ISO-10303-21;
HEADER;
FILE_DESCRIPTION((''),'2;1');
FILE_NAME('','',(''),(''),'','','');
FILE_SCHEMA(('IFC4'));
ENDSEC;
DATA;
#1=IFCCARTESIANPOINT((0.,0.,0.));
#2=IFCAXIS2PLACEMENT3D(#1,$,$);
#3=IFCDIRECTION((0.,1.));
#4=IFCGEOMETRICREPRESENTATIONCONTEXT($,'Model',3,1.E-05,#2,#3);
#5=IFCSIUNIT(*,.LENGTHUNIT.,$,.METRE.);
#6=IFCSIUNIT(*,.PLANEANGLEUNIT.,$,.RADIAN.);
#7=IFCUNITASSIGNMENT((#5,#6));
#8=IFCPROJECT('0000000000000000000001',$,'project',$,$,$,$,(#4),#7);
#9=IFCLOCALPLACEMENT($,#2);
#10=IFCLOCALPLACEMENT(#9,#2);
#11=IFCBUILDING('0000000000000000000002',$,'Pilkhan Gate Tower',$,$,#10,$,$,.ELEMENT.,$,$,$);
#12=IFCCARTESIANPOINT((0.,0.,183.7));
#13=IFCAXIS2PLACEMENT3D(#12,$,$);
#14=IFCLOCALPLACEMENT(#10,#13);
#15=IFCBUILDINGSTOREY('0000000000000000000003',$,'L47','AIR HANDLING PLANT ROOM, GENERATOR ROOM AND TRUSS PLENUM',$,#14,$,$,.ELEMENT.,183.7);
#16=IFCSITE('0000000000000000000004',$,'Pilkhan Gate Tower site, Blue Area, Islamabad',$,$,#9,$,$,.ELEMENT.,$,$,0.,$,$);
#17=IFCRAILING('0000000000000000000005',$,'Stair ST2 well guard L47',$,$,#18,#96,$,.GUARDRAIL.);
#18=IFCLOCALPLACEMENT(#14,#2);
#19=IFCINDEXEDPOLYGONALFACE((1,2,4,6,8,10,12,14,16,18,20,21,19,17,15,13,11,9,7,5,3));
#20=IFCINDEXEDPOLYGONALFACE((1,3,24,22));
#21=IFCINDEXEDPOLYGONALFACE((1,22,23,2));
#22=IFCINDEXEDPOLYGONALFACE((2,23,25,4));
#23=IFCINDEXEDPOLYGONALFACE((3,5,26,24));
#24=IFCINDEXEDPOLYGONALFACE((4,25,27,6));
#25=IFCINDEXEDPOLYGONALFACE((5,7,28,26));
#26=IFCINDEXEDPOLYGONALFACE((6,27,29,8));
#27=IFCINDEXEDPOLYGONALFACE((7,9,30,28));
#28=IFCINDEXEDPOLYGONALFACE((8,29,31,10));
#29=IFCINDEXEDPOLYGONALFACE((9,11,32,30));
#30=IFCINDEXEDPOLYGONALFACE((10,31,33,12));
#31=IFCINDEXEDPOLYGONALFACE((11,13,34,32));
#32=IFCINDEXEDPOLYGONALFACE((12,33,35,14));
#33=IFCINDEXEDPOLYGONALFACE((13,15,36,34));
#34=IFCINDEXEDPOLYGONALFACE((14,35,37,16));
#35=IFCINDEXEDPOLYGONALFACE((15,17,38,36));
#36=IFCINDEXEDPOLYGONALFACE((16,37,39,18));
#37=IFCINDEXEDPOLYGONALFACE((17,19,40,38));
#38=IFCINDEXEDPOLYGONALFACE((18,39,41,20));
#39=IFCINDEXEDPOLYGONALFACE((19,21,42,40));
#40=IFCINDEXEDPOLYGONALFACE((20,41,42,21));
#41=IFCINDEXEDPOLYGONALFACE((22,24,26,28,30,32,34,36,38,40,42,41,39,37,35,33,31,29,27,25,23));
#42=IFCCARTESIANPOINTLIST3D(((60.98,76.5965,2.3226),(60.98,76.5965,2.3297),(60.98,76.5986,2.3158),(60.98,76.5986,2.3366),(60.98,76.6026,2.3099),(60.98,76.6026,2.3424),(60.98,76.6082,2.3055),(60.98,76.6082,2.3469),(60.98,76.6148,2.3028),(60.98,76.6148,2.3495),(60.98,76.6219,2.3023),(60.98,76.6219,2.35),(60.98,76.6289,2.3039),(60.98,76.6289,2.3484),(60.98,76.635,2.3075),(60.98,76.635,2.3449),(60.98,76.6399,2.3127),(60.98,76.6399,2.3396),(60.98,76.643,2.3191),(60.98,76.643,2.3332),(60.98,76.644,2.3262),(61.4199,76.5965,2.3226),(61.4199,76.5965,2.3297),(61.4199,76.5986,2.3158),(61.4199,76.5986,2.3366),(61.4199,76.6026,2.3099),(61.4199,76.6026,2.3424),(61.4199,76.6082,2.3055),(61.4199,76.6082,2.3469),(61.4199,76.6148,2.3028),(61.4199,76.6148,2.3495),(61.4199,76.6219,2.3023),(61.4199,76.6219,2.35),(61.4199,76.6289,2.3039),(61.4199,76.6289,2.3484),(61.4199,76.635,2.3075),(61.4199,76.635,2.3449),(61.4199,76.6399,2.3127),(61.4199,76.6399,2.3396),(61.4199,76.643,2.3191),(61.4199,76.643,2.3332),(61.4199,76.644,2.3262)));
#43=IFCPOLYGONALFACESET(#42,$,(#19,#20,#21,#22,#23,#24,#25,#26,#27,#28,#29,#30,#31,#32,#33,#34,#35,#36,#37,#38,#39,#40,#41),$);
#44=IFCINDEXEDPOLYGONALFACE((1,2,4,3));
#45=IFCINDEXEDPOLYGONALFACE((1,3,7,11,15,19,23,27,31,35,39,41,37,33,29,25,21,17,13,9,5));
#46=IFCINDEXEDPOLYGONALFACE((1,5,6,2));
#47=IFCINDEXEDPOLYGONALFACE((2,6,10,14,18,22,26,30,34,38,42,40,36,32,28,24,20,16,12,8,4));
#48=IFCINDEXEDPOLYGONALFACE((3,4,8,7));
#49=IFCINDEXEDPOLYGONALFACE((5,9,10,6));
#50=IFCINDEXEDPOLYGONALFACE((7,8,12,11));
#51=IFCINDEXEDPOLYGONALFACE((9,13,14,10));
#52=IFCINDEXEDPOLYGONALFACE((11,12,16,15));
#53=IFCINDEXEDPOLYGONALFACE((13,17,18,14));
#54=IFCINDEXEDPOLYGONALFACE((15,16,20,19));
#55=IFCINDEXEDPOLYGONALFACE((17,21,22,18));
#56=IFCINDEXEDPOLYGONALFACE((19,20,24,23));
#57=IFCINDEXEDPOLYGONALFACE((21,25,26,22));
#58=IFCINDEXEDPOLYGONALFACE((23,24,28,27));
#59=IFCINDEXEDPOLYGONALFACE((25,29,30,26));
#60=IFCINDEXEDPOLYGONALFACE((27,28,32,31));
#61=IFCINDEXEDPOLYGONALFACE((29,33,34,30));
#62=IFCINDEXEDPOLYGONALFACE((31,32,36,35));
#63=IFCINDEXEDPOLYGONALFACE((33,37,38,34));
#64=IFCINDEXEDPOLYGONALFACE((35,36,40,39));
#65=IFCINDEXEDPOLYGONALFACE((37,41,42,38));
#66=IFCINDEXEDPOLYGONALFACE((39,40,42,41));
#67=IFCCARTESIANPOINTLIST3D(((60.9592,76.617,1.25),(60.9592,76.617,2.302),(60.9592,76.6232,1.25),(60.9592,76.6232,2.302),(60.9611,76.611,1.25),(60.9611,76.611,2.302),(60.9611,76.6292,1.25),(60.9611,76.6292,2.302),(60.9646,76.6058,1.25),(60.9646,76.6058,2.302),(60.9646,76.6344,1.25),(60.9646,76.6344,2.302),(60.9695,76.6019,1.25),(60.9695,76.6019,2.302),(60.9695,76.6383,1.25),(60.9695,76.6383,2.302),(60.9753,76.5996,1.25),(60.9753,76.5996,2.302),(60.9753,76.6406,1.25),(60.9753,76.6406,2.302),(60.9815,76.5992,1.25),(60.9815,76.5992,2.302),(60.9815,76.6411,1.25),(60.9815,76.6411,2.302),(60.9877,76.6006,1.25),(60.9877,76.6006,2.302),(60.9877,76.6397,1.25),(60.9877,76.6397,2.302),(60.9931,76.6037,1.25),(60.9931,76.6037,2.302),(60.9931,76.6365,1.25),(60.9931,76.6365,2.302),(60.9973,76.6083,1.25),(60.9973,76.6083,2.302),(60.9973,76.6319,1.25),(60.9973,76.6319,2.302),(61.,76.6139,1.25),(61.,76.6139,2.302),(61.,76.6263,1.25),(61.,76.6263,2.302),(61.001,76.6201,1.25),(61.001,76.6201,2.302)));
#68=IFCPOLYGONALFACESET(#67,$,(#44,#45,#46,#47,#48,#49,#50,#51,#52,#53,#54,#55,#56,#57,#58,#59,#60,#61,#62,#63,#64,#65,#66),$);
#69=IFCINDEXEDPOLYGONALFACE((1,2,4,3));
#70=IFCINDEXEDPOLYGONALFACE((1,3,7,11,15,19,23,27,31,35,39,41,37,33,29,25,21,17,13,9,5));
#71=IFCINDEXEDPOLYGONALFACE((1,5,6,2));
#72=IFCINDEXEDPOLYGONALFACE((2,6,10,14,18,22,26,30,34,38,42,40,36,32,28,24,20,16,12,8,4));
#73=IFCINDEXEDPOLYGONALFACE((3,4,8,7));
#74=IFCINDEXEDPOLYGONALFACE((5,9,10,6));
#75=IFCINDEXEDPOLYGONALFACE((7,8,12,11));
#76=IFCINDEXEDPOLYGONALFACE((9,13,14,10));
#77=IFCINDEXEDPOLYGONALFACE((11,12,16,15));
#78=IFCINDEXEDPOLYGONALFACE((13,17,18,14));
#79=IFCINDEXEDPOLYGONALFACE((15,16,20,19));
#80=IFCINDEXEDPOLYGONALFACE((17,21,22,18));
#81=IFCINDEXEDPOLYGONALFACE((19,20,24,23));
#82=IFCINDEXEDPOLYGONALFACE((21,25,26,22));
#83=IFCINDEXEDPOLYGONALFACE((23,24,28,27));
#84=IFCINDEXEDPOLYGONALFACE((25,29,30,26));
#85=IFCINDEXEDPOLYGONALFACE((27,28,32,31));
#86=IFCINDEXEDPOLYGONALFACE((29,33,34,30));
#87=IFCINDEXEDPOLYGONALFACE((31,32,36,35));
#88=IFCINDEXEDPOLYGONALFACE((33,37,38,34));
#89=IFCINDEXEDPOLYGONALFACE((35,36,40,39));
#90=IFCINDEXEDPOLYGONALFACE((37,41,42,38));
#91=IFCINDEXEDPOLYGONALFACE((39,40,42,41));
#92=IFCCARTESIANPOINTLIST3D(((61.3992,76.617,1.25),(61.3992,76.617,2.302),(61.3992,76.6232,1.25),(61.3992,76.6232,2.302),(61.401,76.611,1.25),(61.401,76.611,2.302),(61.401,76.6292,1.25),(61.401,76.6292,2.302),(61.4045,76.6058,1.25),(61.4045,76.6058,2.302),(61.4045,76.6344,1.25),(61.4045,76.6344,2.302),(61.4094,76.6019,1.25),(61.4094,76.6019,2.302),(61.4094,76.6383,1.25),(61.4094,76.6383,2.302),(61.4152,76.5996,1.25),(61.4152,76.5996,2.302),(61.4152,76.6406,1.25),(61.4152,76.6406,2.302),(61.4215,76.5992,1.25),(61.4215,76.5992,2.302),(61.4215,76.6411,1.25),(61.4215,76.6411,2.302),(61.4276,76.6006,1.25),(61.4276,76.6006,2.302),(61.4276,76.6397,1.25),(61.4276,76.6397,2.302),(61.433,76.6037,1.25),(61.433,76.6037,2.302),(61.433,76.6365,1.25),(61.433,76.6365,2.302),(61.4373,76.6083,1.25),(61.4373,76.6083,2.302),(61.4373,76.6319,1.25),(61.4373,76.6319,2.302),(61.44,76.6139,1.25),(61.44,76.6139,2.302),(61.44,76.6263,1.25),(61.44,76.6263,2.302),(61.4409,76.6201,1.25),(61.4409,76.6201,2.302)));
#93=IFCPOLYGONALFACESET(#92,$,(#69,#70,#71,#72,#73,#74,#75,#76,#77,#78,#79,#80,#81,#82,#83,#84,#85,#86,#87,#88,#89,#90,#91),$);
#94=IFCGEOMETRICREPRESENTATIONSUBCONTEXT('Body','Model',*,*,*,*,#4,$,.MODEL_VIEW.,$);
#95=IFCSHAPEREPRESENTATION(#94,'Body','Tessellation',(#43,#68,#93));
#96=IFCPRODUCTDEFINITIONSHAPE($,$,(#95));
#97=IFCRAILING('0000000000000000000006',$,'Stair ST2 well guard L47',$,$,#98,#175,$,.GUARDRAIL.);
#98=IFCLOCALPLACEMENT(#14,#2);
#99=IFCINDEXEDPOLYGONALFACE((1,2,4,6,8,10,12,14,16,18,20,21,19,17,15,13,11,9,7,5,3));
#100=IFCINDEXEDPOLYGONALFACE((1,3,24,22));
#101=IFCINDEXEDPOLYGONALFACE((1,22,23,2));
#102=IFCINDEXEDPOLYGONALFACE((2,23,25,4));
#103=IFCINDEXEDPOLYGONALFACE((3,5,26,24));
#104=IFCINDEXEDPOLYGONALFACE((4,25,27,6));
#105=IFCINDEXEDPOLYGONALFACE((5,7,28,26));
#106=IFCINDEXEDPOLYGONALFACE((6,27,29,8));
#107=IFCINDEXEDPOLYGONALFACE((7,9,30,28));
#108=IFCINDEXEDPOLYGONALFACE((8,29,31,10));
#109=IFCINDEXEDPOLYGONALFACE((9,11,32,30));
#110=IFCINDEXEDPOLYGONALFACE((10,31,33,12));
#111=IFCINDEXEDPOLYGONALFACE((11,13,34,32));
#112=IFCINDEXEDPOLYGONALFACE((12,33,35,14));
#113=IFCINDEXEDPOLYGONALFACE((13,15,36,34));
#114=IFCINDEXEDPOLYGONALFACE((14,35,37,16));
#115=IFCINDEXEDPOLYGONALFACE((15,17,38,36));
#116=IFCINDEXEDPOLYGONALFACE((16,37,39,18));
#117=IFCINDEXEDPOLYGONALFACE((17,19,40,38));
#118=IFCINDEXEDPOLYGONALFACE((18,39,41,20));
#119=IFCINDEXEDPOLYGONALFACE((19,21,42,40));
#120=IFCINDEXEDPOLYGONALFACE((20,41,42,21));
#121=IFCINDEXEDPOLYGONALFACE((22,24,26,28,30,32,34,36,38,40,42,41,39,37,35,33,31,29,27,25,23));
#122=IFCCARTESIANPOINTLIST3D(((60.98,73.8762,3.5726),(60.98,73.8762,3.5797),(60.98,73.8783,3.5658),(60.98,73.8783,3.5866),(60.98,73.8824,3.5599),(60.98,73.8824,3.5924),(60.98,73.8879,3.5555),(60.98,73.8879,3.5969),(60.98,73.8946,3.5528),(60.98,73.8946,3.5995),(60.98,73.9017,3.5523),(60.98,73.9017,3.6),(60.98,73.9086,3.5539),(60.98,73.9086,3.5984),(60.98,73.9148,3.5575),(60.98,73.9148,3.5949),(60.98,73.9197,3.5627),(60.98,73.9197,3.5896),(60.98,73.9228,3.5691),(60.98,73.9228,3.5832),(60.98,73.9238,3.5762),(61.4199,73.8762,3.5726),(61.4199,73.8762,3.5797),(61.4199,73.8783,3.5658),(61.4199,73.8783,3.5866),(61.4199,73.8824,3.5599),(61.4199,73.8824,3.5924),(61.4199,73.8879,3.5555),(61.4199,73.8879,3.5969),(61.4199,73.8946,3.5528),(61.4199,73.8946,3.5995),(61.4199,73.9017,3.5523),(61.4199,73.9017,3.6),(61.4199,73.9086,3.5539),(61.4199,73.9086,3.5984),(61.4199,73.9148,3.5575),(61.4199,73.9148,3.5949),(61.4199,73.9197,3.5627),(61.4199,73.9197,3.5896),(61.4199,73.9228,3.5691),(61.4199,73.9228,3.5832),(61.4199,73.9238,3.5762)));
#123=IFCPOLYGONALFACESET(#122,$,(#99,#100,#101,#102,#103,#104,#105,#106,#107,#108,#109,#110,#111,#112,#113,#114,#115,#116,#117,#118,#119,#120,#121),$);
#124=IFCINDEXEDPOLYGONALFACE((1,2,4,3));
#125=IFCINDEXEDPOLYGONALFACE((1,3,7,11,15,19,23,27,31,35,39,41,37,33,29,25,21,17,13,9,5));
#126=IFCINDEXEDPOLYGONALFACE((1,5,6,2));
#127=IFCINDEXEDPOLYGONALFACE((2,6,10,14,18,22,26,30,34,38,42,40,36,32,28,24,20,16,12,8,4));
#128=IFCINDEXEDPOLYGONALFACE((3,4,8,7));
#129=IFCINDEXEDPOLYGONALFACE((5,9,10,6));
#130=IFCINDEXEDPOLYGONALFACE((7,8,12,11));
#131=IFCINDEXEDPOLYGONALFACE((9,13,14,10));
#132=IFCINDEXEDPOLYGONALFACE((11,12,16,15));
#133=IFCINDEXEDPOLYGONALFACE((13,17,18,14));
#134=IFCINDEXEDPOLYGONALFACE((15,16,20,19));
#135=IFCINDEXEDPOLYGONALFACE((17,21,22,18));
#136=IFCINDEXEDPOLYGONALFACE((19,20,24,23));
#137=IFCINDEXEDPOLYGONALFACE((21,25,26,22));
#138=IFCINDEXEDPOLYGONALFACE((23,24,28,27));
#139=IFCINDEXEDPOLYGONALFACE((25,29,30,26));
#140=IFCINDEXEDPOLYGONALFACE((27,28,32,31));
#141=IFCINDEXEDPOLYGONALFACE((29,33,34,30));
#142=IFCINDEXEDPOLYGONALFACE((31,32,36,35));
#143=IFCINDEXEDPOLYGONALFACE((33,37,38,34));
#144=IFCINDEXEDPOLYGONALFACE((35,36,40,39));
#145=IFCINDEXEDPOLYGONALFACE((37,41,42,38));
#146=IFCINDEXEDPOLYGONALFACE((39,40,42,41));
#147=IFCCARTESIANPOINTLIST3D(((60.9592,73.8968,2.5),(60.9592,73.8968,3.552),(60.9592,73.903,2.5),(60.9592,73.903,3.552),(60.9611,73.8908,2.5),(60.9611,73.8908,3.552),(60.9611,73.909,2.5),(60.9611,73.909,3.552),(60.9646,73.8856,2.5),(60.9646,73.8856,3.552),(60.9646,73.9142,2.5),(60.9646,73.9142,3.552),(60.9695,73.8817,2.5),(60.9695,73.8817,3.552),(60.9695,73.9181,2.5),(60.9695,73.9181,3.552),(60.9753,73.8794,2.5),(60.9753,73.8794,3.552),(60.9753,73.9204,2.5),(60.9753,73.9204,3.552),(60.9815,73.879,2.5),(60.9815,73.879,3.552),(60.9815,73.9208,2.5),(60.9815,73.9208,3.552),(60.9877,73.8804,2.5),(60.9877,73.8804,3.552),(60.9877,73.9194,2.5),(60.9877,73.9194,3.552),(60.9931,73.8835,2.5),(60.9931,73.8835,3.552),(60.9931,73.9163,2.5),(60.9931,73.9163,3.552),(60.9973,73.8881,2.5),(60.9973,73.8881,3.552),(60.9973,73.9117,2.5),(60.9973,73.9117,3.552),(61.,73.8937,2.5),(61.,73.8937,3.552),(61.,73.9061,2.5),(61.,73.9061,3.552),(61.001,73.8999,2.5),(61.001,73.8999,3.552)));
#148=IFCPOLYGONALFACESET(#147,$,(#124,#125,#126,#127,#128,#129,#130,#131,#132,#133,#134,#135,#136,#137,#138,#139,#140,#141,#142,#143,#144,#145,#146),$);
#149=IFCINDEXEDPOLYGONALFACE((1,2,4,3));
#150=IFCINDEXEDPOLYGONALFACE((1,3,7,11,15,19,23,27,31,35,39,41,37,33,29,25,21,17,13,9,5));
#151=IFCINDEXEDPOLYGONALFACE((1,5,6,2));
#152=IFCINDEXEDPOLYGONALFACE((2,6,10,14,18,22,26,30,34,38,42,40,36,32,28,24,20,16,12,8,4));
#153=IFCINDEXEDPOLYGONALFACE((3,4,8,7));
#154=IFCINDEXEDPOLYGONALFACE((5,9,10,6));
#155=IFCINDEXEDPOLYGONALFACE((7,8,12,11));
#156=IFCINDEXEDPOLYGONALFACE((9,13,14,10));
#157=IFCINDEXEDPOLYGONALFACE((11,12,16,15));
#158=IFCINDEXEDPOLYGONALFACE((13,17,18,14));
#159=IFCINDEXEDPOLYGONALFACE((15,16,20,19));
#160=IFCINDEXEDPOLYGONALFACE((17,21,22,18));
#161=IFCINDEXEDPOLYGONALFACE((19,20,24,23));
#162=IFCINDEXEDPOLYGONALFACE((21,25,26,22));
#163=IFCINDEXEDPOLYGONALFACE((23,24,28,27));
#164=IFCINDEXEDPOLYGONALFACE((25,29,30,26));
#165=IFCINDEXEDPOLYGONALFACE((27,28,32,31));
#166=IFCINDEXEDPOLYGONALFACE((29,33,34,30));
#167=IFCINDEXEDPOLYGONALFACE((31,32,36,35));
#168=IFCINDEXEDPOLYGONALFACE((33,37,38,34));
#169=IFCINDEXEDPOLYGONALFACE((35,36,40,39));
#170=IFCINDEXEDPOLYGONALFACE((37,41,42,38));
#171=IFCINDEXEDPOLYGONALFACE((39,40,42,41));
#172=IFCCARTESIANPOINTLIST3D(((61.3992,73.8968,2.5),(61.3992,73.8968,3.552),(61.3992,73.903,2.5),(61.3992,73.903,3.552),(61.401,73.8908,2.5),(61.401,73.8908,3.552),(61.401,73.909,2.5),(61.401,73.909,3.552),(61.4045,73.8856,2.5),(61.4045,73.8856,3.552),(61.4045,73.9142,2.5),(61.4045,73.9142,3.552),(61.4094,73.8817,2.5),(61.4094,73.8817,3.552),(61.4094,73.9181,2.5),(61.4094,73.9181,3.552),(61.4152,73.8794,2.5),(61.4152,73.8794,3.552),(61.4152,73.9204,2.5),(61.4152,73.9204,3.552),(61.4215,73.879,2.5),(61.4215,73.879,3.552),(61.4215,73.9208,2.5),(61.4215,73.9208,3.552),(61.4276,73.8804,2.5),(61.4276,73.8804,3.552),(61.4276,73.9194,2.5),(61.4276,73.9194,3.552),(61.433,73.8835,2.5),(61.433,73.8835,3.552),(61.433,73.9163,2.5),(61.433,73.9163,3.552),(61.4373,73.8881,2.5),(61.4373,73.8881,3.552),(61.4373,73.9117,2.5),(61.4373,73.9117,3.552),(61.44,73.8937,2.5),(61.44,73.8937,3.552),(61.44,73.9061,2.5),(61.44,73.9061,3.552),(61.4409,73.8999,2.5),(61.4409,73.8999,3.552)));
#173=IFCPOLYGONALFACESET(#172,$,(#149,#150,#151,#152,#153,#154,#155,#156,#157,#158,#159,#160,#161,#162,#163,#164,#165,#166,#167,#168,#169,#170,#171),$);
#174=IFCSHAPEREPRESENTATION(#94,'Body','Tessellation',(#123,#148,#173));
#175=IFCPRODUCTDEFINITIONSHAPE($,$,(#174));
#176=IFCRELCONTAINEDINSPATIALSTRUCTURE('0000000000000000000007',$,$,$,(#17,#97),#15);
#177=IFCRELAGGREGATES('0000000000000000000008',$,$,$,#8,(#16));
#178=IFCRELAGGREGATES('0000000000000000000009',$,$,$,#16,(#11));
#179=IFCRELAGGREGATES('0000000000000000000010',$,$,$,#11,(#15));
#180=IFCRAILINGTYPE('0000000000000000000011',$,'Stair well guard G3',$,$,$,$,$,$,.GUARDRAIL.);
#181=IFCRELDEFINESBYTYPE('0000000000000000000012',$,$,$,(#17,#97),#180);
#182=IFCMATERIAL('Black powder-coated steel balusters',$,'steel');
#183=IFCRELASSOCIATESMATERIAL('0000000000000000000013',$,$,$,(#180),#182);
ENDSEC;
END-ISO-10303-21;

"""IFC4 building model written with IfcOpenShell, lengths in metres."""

from ifc_helpers import new_model, si_unit, direction, frame, origin, origin_2d, place, context, subcontext, project, spatial, circle, extrude, material, type_object, element, save


model = new_model("IFC4")

# Units and contexts
model_context = context("Model", 3, precision=1e-05, world=origin(), true_north=direction((0.0, 1.0)))
body_context = subcontext(model_context, "Body", "Model", "MODEL_VIEW")
ifc_project = project(units=[si_unit("LENGTHUNIT", "METRE"), si_unit("PLANEANGLEUNIT", "RADIAN")], contexts=[model_context])

# Site, building, storey
site_placement = place(None, origin())
site = spatial("IfcSite", under=ifc_project, at=site_placement, Name="Pilkhan Gate Tower site, Blue Area, Islamabad", CompositionType="ELEMENT", RefElevation=0.0)
building_placement = place(site_placement, origin())
building = spatial("IfcBuilding", under=site, at=building_placement, Name="Pilkhan Gate Tower", CompositionType="ELEMENT")
storey_placement = place(building_placement, frame((0.0, 0.0, 183.7)))
storey = spatial("IfcBuildingStorey", under=building, at=storey_placement, Name="L47", Description="AIR HANDLING PLANT ROOM, GENERATOR ROOM AND TRUSS PLENUM", CompositionType="ELEMENT", Elevation=183.7)

# Railings
ifc_material_1 = material(Name="Black powder-coated steel balusters", Category="steel")
railing_type = type_object("IfcRailingType", Name="Stair well guard G3", PredefinedType="GUARDRAIL", material=ifc_material_1)
for number, where, name in (
    (1, (60.98, 76.6201, 1.25), "Stair ST2 well guard L47"),
    (2, (60.98, 73.8999, 2.5), "Stair ST2 well guard L47"),
):
    element("IfcRailing", number, at=place(storey_placement, frame(where)), inside=storey, type_object=railing_type, Name=name, PredefinedType="GUARDRAIL", context=body_context, shape_type="SweptSolid", body=[
        extrude(circle(Radius=0.0239, at=origin_2d()), frame((0.0, 0.0, 1.0762), z_axis=(1.0, 0.0, 0.0), x_axis=(0.0, 1.0, 0.0)), (0.0, 0.0, 1.0), 0.4399),
        extrude(circle(Radius=0.021, at=origin_2d()), origin(), (0.0, 0.0, 1.0), 1.052),
        extrude(circle(Radius=0.021, at=origin_2d()), frame((0.4399, 0.0, 0.0)), (0.0, 0.0, 1.0), 1.052),
    ])

save(model, "model.ifc")
